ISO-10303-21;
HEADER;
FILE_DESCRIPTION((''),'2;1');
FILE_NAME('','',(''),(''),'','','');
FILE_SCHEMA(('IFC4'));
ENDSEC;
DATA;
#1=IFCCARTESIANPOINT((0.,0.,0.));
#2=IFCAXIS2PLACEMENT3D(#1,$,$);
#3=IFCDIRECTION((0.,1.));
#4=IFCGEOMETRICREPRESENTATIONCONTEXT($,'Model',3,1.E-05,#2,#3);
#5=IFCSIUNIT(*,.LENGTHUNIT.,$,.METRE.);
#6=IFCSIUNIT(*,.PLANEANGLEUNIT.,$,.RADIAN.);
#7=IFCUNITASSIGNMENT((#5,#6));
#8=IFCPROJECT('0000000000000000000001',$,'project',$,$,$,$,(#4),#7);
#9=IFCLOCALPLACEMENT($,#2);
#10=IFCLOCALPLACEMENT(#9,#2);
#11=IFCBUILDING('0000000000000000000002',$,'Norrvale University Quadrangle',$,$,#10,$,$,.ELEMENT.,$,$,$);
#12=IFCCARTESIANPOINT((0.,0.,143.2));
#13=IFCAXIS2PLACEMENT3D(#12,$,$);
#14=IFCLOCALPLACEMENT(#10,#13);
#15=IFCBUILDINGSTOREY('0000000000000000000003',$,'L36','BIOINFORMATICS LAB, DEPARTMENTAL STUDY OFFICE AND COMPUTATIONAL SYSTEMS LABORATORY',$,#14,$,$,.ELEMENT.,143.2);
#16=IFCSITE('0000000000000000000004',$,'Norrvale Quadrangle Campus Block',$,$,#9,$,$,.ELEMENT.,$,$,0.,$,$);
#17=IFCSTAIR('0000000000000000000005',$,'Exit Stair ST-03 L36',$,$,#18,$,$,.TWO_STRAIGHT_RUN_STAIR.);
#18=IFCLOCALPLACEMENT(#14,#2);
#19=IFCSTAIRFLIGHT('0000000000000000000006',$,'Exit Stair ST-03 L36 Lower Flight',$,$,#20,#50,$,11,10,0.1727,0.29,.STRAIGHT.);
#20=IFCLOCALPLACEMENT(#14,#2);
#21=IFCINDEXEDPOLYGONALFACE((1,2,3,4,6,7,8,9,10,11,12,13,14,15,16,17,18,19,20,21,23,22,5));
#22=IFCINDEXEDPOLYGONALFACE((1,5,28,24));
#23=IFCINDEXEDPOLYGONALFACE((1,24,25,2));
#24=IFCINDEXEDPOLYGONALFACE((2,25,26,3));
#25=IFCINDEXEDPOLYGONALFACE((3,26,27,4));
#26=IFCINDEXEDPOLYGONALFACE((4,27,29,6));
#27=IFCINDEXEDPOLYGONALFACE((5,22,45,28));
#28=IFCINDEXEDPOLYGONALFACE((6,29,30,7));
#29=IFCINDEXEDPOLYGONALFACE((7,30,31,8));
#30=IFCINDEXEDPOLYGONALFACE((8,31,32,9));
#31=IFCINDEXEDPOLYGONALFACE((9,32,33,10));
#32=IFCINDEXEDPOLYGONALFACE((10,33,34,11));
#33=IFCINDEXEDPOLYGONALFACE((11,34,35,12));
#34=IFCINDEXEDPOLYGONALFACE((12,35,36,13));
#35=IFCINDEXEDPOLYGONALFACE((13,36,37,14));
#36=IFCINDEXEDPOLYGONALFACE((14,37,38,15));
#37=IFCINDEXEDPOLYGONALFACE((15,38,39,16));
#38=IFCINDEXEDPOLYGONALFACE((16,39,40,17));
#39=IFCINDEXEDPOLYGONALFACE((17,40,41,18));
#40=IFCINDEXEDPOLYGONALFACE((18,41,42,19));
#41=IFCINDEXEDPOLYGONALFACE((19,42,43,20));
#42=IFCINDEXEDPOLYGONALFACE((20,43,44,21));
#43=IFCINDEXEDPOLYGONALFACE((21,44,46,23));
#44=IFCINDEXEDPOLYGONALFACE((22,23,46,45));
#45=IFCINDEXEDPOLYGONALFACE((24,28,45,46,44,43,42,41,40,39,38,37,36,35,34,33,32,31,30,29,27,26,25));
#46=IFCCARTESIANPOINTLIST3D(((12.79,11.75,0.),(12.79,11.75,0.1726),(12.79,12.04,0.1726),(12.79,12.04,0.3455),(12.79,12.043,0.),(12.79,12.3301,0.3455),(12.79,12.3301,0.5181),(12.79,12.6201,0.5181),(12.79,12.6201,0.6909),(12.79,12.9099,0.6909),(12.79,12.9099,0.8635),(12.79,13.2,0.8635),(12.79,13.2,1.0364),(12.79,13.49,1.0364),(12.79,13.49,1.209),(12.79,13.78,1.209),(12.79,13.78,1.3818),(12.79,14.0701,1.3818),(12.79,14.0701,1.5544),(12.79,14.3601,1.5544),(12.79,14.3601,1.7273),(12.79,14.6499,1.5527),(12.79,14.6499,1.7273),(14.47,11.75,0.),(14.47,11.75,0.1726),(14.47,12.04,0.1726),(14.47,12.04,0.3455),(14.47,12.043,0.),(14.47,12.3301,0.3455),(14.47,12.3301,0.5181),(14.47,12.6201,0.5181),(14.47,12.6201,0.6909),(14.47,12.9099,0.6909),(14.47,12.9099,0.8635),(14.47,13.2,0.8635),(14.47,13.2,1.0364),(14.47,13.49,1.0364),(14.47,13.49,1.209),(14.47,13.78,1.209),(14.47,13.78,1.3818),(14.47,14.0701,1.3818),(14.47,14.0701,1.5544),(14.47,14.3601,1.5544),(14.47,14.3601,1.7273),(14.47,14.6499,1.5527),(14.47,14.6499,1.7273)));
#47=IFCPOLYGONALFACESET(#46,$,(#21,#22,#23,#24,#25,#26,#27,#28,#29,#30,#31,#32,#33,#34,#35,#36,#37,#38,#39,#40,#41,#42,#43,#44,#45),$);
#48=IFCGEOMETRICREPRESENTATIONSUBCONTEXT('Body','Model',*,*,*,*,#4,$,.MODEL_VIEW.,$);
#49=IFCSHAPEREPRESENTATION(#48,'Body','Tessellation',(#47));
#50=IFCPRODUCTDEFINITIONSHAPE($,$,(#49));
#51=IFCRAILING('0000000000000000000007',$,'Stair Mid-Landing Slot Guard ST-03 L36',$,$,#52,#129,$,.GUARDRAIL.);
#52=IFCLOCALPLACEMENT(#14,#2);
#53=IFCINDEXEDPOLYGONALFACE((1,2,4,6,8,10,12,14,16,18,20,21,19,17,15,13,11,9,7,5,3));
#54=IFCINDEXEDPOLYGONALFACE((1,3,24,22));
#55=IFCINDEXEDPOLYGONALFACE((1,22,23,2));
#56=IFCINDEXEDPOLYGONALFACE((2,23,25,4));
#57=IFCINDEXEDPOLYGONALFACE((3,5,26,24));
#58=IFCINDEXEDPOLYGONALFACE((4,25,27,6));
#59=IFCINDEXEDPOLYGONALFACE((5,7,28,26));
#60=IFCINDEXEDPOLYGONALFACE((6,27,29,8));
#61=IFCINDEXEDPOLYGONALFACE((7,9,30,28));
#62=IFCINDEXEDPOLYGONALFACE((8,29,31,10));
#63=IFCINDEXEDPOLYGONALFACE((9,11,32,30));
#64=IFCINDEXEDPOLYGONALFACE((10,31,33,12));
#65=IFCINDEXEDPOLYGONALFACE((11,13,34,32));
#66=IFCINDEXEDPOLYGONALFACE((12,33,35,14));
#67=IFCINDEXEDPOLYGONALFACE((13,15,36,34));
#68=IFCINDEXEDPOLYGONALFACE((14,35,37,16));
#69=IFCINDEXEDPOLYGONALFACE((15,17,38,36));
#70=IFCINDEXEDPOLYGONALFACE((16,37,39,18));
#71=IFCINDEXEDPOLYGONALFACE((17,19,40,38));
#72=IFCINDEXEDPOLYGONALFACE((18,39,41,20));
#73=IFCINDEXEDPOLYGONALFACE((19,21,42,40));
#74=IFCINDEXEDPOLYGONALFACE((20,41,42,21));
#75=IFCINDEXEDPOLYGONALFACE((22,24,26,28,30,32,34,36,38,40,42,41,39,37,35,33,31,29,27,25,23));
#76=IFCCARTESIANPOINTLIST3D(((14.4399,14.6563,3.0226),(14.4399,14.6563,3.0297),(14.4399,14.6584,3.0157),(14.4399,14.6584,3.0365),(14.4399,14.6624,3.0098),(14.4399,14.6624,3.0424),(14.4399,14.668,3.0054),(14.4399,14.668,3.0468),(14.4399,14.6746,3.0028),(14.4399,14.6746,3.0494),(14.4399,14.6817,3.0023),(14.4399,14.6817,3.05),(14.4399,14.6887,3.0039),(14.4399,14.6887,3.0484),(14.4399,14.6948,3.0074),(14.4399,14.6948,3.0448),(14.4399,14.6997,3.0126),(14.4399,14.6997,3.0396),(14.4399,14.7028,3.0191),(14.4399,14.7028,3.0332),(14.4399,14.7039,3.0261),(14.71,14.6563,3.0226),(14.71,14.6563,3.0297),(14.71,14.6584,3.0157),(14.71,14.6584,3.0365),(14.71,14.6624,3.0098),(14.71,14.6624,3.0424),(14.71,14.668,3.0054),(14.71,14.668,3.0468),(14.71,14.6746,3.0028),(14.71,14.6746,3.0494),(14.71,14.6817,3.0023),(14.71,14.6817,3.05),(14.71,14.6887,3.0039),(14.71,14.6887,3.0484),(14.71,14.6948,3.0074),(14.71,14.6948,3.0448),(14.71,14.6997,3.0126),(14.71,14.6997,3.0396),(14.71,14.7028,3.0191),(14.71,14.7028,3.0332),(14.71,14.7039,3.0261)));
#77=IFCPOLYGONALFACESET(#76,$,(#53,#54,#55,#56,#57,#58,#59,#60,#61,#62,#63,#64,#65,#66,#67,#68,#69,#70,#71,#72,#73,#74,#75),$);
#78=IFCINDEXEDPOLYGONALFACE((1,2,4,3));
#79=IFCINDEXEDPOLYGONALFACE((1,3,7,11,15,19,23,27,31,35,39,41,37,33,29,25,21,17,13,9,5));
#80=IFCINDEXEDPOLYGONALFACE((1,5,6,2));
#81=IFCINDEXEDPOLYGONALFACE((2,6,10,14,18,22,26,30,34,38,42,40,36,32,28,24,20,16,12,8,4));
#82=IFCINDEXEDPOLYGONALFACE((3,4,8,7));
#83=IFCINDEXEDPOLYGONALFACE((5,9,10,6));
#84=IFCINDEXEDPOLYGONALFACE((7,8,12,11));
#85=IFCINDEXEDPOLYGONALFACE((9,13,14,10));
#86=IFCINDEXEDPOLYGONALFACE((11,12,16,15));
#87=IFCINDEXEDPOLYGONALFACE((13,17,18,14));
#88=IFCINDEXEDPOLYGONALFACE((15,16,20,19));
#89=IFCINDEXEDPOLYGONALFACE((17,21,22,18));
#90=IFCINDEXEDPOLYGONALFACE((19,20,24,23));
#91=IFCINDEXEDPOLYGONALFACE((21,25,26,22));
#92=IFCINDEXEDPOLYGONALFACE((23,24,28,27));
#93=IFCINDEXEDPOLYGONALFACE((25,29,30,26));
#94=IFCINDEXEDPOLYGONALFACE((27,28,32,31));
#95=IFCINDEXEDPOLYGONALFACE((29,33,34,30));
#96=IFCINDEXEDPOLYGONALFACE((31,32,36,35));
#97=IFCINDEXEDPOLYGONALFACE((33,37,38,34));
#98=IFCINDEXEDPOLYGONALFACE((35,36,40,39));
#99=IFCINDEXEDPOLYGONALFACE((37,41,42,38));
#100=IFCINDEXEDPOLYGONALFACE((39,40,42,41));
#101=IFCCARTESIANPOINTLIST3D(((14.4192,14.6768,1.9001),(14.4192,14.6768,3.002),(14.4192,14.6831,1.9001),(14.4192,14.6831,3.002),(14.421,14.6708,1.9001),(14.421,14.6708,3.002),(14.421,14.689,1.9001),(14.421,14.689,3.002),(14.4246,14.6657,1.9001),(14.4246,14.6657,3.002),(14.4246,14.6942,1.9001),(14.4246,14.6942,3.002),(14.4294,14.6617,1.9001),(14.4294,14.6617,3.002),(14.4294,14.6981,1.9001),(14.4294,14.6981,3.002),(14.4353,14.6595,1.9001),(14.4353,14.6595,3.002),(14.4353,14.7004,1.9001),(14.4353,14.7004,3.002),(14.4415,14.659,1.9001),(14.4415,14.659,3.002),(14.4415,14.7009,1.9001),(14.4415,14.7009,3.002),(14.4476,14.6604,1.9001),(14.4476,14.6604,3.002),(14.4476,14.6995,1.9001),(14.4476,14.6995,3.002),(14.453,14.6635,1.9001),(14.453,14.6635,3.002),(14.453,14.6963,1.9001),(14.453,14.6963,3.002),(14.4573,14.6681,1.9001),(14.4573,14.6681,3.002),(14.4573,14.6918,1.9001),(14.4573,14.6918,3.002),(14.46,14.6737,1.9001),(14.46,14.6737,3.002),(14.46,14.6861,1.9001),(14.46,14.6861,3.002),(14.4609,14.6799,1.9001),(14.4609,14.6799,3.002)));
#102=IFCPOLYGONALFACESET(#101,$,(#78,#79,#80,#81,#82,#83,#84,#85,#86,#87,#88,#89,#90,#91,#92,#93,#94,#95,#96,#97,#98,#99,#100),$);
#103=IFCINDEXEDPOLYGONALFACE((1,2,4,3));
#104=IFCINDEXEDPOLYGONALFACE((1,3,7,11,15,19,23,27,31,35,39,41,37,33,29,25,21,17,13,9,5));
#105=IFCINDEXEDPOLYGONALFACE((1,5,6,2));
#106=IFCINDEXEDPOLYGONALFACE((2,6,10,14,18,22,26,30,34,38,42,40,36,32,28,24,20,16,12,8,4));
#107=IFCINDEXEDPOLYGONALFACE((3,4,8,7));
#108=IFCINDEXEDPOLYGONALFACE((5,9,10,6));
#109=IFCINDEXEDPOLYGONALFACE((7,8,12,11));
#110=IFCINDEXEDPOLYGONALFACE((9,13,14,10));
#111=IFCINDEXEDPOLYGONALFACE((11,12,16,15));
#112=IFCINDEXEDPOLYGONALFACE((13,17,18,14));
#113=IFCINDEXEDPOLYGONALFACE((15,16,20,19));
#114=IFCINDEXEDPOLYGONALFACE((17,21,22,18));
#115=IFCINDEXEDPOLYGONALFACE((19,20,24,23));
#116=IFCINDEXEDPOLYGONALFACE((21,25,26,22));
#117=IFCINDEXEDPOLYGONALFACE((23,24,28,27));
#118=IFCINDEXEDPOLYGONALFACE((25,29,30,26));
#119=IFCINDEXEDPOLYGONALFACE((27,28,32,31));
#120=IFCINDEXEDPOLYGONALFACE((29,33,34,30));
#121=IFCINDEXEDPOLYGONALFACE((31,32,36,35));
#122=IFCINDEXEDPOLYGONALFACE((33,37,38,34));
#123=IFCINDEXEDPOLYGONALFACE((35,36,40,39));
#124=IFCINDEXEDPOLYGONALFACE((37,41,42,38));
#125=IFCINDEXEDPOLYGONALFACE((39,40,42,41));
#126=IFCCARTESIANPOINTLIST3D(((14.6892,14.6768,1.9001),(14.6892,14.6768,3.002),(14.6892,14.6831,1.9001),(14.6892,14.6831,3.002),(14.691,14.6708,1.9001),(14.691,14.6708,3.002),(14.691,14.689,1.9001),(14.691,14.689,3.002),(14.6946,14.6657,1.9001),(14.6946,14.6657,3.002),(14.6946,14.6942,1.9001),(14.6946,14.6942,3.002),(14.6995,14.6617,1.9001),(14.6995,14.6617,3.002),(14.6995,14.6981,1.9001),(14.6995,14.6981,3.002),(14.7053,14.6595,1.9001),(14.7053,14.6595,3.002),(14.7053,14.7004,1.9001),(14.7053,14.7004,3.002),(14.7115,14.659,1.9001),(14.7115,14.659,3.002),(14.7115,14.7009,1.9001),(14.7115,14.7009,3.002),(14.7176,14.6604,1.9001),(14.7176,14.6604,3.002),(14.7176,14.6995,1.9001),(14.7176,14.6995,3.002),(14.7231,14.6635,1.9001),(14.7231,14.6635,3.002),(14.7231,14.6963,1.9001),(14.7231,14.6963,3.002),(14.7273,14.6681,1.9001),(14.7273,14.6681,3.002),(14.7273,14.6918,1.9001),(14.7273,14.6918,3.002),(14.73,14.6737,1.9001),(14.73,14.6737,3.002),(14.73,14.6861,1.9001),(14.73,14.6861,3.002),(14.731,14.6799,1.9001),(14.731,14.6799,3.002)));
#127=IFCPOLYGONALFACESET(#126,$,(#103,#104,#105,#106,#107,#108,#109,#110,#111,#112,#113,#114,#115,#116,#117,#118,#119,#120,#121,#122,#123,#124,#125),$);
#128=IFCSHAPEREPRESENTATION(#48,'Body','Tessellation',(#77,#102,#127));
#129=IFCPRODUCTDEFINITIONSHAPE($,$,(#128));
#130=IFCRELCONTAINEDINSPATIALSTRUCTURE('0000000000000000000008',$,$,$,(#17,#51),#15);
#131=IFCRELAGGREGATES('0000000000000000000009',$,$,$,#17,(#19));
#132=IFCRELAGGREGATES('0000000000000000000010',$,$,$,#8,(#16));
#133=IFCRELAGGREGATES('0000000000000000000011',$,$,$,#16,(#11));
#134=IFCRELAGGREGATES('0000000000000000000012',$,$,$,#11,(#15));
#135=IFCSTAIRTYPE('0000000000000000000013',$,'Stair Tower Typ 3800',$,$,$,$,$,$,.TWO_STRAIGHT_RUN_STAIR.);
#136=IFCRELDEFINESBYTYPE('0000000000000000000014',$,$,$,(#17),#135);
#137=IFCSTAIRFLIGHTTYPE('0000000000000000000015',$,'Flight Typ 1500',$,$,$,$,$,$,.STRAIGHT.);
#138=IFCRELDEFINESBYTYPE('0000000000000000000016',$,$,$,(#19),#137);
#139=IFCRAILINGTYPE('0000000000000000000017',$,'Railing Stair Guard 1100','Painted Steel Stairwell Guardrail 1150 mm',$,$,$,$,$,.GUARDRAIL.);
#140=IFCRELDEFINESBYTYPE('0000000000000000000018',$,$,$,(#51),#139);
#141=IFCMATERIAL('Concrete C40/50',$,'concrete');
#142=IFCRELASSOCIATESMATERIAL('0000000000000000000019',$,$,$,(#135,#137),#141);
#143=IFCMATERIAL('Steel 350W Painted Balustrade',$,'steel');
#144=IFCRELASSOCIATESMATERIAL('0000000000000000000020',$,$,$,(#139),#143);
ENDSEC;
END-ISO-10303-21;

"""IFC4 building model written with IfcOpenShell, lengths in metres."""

from ifc_helpers import new_model, si_unit, direction, frame, origin, origin_2d, place, context, subcontext, project, spatial, polyline, circle, outline, extrude, material, type_object, element, aggregate, save


model = new_model("IFC4")

# Units and contexts
model_context = context("Model", 3, precision=1e-05, world=origin(), true_north=direction((0.0, 1.0)))
body_context = subcontext(model_context, "Body", "Model", "MODEL_VIEW")
ifc_project = project(units=[si_unit("LENGTHUNIT", "METRE"), si_unit("PLANEANGLEUNIT", "RADIAN")], contexts=[model_context])

# Site, building, storey
site_placement = place(None, origin())
site = spatial("IfcSite", under=ifc_project, at=site_placement, Name="Norrvale Quadrangle Campus Block", CompositionType="ELEMENT", RefElevation=0.0)
building_placement = place(site_placement, origin())
building = spatial("IfcBuilding", under=site, at=building_placement, Name="Norrvale University Quadrangle", CompositionType="ELEMENT")
storey_placement = place(building_placement, frame((0.0, 0.0, 143.2)))
storey = spatial("IfcBuildingStorey", under=building, at=storey_placement, Name="L36", Description="BIOINFORMATICS LAB, DEPARTMENTAL STUDY OFFICE AND COMPUTATIONAL SYSTEMS LABORATORY", CompositionType="ELEMENT", Elevation=143.2)

# Stair, stair flight
ifc_material_1 = material(Name="Concrete C40/50", Category="concrete")
stair_type = type_object("IfcStairType", Name="Stair Tower Typ 3800", PredefinedType="TWO_STRAIGHT_RUN_STAIR", material=ifc_material_1)
stair_placement = place(storey_placement, origin())
stair = element("IfcStair", 1, at=stair_placement, inside=storey, type_object=stair_type, Name="Exit Stair ST-03 L36", PredefinedType="TWO_STRAIGHT_RUN_STAIR")
stair_flight_type = type_object("IfcStairFlightType", Name="Flight Typ 1500", PredefinedType="STRAIGHT", material=ifc_material_1)
stair_flight_placement = place(storey_placement, frame((13.6299, 11.75, 0.0), z_axis=(0.0, 0.0, 1.0), x_axis=(0.0, 1.0, 0.0)))
stair_flight = element("IfcStairFlight", 2, at=stair_flight_placement, type_object=stair_flight_type, Name="Exit Stair ST-03 L36 Lower Flight", NumberOfRisers=11, NumberOfTreads=10, PredefinedType="STRAIGHT", RiserHeight=0.1727, TreadLength=0.29, context=body_context, shape_type="SweptSolid", body=[
    extrude(outline(polyline([(0.0, 0.0), (0.0, 0.1726), (0.29, 0.1726), (0.29, 0.3455), (0.5801, 0.3455), (0.5801, 0.5181), (0.8701, 0.5181), (0.8701, 0.6909), (1.1599, 0.6909), (1.1599, 0.8635), (1.45, 0.8635), (1.45, 1.0364), (1.74, 1.0364), (1.74, 1.209), (2.03, 1.209), (2.03, 1.3818), (2.3201, 1.3818), (2.3201, 1.5544), (2.6101, 1.5544), (2.6101, 1.7273), (2.8999, 1.7273), (2.8999, 1.8999), (2.8999, 1.5527), (0.293, 0.0), (0.0, 0.0)])), frame((0.0, 0.8398, 0.0), z_axis=(0.0, -1.0, 0.0), x_axis=(1.0, 0.0, 0.0)), (0.0, 0.0, 1.0), 1.6799),
])
aggregate(stair, [stair_flight])

# Railing
ifc_material_2 = material(Name="Steel 350W Painted Balustrade", Category="steel")
railing_type_1 = type_object("IfcRailingType", Name="Railing Stair Guard 1100", Description="Painted Steel Stairwell Guardrail 1150 mm", PredefinedType="GUARDRAIL", material=ifc_material_2)
railing_1_placement = place(storey_placement, frame((14.4399, 14.6799, 1.9001)))
element("IfcRailing", 3, at=railing_1_placement, inside=storey, type_object=railing_type_1, Name="Stair Mid-Landing Slot Guard ST-03 L36", PredefinedType="GUARDRAIL", context=body_context, shape_type="SweptSolid", body=[
    extrude(circle(Radius=0.0239, at=origin_2d()), frame((0.0, 0.0, 1.126), z_axis=(1.0, 0.0, 0.0), x_axis=(0.0, 1.0, 0.0)), (0.0, 0.0, 1.0), 0.27),
    extrude(circle(Radius=0.021, at=origin_2d()), origin(), (0.0, 0.0, 1.0), 1.1018),
    extrude(circle(Radius=0.021, at=origin_2d()), frame((0.27, 0.0, 0.0)), (0.0, 0.0, 1.0), 1.1018),
])

save(model, "model.ifc")
